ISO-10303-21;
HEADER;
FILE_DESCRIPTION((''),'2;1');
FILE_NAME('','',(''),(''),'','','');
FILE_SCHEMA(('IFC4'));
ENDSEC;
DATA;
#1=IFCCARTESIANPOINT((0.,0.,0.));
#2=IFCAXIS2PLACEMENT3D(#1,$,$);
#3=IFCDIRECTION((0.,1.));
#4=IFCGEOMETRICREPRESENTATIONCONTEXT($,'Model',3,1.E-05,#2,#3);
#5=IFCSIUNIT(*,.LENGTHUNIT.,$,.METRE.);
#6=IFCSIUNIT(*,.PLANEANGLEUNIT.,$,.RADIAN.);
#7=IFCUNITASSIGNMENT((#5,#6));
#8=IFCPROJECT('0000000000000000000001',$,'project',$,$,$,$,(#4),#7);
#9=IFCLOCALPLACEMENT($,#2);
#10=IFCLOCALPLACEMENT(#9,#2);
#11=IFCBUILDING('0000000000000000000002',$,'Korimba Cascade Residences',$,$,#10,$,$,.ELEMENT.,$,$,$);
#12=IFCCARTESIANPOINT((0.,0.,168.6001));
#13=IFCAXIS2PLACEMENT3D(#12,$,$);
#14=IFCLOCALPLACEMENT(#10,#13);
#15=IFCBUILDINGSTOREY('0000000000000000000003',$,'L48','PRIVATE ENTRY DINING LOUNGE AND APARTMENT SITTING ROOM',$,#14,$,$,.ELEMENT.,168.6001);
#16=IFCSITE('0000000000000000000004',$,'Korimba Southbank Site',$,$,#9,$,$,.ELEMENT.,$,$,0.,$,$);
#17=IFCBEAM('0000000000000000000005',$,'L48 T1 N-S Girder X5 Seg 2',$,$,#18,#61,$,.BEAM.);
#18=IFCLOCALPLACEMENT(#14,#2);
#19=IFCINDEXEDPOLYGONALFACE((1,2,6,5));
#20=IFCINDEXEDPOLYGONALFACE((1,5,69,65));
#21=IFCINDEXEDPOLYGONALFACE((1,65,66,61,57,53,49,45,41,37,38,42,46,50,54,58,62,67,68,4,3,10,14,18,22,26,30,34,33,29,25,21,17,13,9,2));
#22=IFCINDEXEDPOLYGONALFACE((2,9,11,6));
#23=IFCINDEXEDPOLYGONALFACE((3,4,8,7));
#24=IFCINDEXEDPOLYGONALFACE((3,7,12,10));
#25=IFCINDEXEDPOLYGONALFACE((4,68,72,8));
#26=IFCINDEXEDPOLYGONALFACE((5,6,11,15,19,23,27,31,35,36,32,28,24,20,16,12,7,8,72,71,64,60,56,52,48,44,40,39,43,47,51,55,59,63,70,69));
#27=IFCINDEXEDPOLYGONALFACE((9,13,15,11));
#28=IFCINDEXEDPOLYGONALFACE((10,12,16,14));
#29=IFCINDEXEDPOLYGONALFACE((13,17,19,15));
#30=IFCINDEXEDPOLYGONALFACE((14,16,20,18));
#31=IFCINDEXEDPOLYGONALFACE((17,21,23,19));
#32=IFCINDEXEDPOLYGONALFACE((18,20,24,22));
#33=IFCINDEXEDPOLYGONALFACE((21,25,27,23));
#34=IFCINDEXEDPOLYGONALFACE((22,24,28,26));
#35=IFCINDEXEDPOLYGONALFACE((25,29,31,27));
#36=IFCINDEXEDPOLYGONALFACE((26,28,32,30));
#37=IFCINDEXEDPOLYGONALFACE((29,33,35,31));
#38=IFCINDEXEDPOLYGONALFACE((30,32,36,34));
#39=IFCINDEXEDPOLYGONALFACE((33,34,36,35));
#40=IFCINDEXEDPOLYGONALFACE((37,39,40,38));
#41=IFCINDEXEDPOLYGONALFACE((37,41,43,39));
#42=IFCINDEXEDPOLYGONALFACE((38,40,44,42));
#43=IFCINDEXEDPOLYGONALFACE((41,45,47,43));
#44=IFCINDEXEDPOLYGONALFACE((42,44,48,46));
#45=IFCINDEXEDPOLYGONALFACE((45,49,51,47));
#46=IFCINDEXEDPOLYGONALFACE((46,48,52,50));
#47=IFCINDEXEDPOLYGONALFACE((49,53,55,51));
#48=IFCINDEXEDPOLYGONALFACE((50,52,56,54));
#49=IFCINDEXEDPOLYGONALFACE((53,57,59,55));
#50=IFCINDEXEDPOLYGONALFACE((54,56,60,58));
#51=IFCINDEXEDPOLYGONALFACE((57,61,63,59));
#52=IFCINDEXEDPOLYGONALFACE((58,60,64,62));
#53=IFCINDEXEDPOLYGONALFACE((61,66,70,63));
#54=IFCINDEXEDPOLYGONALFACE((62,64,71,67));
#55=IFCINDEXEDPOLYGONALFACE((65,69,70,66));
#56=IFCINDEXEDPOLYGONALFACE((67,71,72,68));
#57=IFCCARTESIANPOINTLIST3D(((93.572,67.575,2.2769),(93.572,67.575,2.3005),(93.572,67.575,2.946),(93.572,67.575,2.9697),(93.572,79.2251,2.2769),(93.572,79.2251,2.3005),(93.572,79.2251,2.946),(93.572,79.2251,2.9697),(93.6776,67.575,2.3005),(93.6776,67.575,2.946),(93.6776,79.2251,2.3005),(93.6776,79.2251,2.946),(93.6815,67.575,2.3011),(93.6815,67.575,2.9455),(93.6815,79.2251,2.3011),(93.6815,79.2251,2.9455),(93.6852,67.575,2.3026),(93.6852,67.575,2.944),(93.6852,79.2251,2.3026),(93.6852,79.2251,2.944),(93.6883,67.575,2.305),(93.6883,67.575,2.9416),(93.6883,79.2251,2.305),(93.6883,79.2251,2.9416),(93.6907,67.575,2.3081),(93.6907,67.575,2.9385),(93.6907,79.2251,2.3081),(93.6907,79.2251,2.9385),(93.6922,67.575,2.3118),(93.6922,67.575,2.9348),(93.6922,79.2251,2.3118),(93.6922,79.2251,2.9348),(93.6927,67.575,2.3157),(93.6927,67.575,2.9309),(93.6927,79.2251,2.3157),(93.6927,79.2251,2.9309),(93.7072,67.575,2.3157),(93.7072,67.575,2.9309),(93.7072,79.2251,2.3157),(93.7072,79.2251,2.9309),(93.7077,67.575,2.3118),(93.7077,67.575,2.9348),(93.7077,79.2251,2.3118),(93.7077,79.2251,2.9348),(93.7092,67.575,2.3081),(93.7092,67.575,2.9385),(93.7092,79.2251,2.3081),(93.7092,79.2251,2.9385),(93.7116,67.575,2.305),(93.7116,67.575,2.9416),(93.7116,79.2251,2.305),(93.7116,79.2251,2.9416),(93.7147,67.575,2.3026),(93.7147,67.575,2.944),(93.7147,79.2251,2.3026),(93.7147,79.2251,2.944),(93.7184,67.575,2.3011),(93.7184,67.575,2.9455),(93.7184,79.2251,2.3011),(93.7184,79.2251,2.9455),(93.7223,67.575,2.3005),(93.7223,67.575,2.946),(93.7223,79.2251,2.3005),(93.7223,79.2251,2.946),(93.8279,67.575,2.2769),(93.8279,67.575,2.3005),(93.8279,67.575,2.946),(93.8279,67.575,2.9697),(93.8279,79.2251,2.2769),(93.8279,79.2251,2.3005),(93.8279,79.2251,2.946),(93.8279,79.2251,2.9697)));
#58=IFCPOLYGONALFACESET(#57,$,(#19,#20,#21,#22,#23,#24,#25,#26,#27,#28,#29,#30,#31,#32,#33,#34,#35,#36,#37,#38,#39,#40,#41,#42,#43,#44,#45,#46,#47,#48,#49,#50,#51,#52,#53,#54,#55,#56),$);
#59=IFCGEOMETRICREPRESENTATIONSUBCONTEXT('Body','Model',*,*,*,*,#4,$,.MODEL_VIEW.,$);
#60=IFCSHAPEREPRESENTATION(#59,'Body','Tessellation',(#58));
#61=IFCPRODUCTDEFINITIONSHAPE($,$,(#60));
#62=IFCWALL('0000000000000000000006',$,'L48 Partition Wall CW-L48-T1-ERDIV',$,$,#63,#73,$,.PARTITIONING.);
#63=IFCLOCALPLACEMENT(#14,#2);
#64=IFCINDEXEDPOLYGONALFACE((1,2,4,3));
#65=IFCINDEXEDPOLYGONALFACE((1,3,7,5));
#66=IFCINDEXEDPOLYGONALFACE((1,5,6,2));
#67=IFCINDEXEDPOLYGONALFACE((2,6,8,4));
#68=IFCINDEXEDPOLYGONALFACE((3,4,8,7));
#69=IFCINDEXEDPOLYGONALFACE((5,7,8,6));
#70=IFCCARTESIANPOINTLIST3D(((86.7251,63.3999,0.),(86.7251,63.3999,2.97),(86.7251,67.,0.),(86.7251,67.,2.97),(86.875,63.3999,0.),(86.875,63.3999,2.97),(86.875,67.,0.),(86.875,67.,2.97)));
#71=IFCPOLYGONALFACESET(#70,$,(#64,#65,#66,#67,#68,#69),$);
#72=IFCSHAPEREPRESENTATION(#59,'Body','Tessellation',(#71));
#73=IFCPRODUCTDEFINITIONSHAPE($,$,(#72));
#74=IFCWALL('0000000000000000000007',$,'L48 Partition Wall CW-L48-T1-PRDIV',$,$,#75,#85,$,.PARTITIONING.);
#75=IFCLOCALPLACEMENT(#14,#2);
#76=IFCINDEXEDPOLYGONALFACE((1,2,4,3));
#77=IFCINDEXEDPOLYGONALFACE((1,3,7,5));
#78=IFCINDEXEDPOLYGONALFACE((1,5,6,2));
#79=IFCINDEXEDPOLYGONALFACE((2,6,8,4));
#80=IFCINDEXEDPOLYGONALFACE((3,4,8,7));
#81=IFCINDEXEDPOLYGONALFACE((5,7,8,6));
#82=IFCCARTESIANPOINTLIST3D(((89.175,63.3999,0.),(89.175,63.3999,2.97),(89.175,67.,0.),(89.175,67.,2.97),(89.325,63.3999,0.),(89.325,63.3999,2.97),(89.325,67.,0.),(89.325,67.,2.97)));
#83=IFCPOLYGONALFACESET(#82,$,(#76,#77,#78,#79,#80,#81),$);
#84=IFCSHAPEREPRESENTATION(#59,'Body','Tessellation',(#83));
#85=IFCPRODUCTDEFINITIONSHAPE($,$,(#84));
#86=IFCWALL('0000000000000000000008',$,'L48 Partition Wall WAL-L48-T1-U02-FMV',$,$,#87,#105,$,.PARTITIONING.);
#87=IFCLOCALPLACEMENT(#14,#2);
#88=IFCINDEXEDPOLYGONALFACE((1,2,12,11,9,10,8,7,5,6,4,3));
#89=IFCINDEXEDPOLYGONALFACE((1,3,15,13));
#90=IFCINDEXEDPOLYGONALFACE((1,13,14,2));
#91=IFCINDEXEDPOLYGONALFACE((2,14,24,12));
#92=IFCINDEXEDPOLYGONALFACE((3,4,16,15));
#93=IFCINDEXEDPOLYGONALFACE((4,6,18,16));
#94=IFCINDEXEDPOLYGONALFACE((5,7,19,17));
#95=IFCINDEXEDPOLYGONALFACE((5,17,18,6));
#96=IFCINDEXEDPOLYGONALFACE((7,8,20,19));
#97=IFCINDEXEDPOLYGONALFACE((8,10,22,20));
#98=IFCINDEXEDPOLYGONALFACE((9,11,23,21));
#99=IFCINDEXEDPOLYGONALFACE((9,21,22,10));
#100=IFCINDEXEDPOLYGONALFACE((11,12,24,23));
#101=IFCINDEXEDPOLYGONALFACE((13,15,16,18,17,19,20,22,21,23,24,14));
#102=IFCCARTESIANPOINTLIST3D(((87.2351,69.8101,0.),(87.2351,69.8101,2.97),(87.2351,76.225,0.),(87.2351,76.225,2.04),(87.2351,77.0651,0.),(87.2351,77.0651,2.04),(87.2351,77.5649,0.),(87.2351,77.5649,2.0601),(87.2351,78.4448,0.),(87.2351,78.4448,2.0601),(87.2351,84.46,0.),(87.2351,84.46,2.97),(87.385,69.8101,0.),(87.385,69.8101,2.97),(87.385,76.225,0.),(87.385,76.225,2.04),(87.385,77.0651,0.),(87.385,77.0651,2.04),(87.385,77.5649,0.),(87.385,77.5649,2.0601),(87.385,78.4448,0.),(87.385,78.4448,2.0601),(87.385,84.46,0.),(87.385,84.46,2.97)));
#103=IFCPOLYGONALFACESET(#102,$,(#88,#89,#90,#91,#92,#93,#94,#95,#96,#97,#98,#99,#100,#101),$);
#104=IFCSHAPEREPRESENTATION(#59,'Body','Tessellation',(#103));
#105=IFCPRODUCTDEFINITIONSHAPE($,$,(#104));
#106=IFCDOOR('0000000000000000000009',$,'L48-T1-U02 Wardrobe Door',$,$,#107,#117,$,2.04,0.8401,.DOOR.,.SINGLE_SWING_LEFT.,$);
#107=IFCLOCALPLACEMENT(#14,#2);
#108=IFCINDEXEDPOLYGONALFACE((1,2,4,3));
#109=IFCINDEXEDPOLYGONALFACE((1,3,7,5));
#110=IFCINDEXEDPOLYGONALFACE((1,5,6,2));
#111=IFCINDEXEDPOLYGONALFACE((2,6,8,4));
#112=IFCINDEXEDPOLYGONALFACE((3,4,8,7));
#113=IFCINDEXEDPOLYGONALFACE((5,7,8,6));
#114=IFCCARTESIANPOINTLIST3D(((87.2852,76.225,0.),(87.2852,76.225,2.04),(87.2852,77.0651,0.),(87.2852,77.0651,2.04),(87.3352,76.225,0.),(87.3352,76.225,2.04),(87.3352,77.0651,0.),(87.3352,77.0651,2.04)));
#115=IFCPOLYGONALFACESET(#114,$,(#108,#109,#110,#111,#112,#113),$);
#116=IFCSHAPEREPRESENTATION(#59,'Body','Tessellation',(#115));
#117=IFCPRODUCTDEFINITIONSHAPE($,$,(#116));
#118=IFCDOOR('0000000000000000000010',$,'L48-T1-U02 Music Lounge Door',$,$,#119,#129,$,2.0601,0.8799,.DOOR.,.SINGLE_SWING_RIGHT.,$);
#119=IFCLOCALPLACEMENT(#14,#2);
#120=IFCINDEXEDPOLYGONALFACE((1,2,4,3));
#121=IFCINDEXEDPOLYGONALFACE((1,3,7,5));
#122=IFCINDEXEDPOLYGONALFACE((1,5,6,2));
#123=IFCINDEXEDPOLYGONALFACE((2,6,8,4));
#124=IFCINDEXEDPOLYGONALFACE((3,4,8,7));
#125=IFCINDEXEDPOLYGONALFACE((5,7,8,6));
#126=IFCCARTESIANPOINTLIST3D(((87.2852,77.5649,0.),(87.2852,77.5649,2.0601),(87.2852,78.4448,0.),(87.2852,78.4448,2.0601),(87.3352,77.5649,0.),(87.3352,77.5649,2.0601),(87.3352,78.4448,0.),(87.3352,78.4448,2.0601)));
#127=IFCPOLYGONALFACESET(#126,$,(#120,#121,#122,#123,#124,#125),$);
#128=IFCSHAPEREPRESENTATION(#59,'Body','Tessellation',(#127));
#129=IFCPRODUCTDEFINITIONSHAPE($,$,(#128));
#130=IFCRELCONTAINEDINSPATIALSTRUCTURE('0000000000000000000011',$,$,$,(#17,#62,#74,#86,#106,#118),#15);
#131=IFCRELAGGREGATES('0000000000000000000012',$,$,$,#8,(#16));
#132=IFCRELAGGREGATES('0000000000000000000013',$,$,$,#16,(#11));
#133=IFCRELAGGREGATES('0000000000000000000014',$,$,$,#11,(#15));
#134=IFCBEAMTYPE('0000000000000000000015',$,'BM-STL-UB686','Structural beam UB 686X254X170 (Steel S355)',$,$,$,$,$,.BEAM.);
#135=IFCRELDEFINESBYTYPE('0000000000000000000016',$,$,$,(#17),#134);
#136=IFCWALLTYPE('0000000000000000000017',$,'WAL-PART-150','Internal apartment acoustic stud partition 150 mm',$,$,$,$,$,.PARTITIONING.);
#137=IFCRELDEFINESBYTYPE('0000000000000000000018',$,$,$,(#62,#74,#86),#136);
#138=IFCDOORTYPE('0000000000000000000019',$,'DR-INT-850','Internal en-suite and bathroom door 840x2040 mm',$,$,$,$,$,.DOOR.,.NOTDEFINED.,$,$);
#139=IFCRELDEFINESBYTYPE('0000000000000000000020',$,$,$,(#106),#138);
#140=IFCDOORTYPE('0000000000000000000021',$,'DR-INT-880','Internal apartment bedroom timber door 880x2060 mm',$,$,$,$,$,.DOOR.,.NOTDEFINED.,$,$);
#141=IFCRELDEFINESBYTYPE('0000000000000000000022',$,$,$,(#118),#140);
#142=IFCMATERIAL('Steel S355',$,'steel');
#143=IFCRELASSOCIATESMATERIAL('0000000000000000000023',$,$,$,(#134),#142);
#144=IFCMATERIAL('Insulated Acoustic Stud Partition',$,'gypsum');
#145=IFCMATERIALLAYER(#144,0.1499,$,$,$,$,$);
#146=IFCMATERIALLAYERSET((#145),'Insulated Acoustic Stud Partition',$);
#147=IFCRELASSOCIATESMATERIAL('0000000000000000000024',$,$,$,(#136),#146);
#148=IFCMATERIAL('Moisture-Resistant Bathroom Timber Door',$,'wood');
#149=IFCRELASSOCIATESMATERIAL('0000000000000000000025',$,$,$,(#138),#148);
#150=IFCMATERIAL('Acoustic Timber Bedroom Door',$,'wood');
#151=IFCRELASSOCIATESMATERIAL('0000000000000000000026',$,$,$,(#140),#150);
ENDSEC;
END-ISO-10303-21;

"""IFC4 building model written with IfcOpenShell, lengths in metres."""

from ifc_helpers import new_model, si_unit, direction, frame, frame_2d, origin, origin_2d, place, context, subcontext, project, spatial, rectangle, i_section, extrude, material, layer, layer_set, material_profile, profile_set, type_object, element, fill, save


model = new_model("IFC4")

# Units and contexts
model_context = context("Model", 3, precision=1e-05, world=origin(), true_north=direction((0.0, 1.0)))
body_context = subcontext(model_context, "Body", "Model", "MODEL_VIEW")
ifc_project = project(units=[si_unit("LENGTHUNIT", "METRE"), si_unit("PLANEANGLEUNIT", "RADIAN")], contexts=[model_context])

# Site, building, storey
site_placement = place(None, origin())
site = spatial("IfcSite", under=ifc_project, at=site_placement, Name="Korimba Southbank Site", CompositionType="ELEMENT", RefElevation=0.0)
building_placement = place(site_placement, origin())
building = spatial("IfcBuilding", under=site, at=building_placement, Name="Korimba Cascade Residences", CompositionType="ELEMENT")
storey_placement = place(building_placement, frame((0.0, 0.0, 168.6001)))
storey = spatial("IfcBuildingStorey", under=building, at=storey_placement, Name="L48", Description="PRIVATE ENTRY DINING LOUNGE AND APARTMENT SITTING ROOM", CompositionType="ELEMENT", Elevation=168.6001)

# Beam
ifc_material_1 = material(Name="Steel S355", Category="steel")
ifc_material_profile_1 = material_profile(ifc_material_1, i_section(OverallWidth=0.2559, OverallDepth=0.6929, WebThickness=0.0144, FlangeThickness=0.0237, FilletRadius=0.0151, at=origin_2d()), Name="Steel S355")
ifc_profile_set_1 = profile_set([ifc_material_profile_1], Name="Steel S355")
beam_type = type_object("IfcBeamType", Name="BM-STL-UB686", Description="Structural beam UB 686X254X170 (Steel S355)", PredefinedType="BEAM", material=ifc_profile_set_1)
beam_1_placement = place(storey_placement, frame((93.7, 67.575, 2.6233), z_axis=(0.0, 1.0, 0.0), x_axis=(-1.0, 0.0, 0.0)))
element("IfcBeam", 1, at=beam_1_placement, inside=storey, type_object=beam_type, Name="L48 T1 N-S Girder X5 Seg 2", PredefinedType="BEAM", context=body_context, shape_type="SweptSolid", body=[
    extrude(i_section(OverallWidth=0.2559, OverallDepth=0.6929, WebThickness=0.0144, FlangeThickness=0.0237, FilletRadius=0.0151, at=origin_2d()), origin(), (0.0, 0.0, 1.0), 11.6501),
])

# Walls
ifc_material_2 = material(Name="Insulated Acoustic Stud Partition", Category="gypsum")
ifc_layer_1 = layer(ifc_material_2, 0.1499)
ifc_layer_set_1 = layer_set([ifc_layer_1], Name="Insulated Acoustic Stud Partition")
wall_type_1 = type_object("IfcWallType", Name="WAL-PART-150", Description="Internal apartment acoustic stud partition 150 mm", PredefinedType="PARTITIONING", material=ifc_layer_set_1)
for number, where, z_axis, x_axis, name in (
    (2, (86.8, 63.3999, 0.0), (0.0, 0.0, 1.0), (0.0, 1.0, 0.0), "L48 Partition Wall CW-L48-T1-ERDIV"),
    (3, (89.25, 63.3999, 0.0), (0.0, 0.0, 1.0), (0.0, 1.0, 0.0), "L48 Partition Wall CW-L48-T1-PRDIV"),
):
    element("IfcWall", number, at=place(storey_placement, frame(where, z_axis=z_axis, x_axis=x_axis)), inside=storey, type_object=wall_type_1, Name=name, PredefinedType="PARTITIONING", context=body_context, shape_type="SweptSolid", body=[
        extrude(rectangle(XDim=3.6001, YDim=0.1499, at=frame_2d((1.8, 0.0))), origin(), (0.0, 0.0, 1.0), 2.97),
    ])

# Wall, openings, doors
wall_1_placement = place(storey_placement, frame((87.3101, 69.8101, 0.0), z_axis=(0.0, 0.0, 1.0), x_axis=(0.0, 1.0, 0.0)))
wall_1 = element("IfcWall", 4, at=wall_1_placement, inside=storey, type_object=wall_type_1, Name="L48 Partition Wall WAL-L48-T1-U02-FMV", PredefinedType="PARTITIONING", context=body_context, shape_type="SweptSolid", body=[
    extrude(rectangle(XDim=14.6499, YDim=0.1499, at=frame_2d((7.325, 0.0))), origin(), (0.0, 0.0, 1.0), 2.97),
])
opening_1_placement = place(wall_1_placement, frame((6.415, 0.0, 0.0)))
opening_1 = element("IfcOpeningElement", 5, at=opening_1_placement, cuts=wall_1, PredefinedType="OPENING", context=body_context, shape_type="SweptSolid", body=[
    extrude(rectangle(XDim=0.8401, YDim=2.04, at=frame_2d((0.4199, 1.02))), frame((0.0, 0.085, 0.0), z_axis=(0.0, -1.0, 0.0), x_axis=(1.0, 0.0, 0.0)), (0.0, 0.0, 1.0), 0.1699),
])
opening_2_placement = place(wall_1_placement, frame((7.7549, 0.0, 0.0)))
opening_2 = element("IfcOpeningElement", 6, at=opening_2_placement, cuts=wall_1, PredefinedType="OPENING", context=body_context, shape_type="SweptSolid", body=[
    extrude(rectangle(XDim=0.8799, YDim=2.0601, at=frame_2d((0.4399, 1.03))), frame((0.0, 0.085, 0.0), z_axis=(0.0, -1.0, 0.0), x_axis=(1.0, 0.0, 0.0)), (0.0, 0.0, 1.0), 0.1699),
])
ifc_material_3 = material(Name="Moisture-Resistant Bathroom Timber Door", Category="wood")
door_type_1 = type_object("IfcDoorType", Name="DR-INT-850", Description="Internal en-suite and bathroom door 840x2040 mm", OperationType="NOTDEFINED", PredefinedType="DOOR", material=ifc_material_3)
door_1_placement = place(opening_1_placement, origin())
door_1 = element("IfcDoor", 7, at=door_1_placement, inside=storey, type_object=door_type_1, Name="L48-T1-U02 Wardrobe Door", OperationType="SINGLE_SWING_LEFT", OverallHeight=2.04, OverallWidth=0.8401, PredefinedType="DOOR", context=body_context, shape_type="SweptSolid", body=[
    extrude(rectangle(XDim=0.8401, YDim=2.04, at=frame_2d((0.4199, 1.02))), frame((0.0, 0.0249, 0.0), z_axis=(0.0, -1.0, 0.0), x_axis=(1.0, 0.0, 0.0)), (0.0, 0.0, 1.0), 0.05),
])
fill(opening_1, door_1)
ifc_material_4 = material(Name="Acoustic Timber Bedroom Door", Category="wood")
door_type_2 = type_object("IfcDoorType", Name="DR-INT-880", Description="Internal apartment bedroom timber door 880x2060 mm", OperationType="NOTDEFINED", PredefinedType="DOOR", material=ifc_material_4)
door_2_placement = place(opening_2_placement, origin())
door_2 = element("IfcDoor", 8, at=door_2_placement, inside=storey, type_object=door_type_2, Name="L48-T1-U02 Music Lounge Door", OperationType="SINGLE_SWING_RIGHT", OverallHeight=2.0601, OverallWidth=0.8799, PredefinedType="DOOR", context=body_context, shape_type="SweptSolid", body=[
    extrude(rectangle(XDim=0.8799, YDim=2.0601, at=frame_2d((0.4399, 1.03))), frame((0.0, 0.0249, 0.0), z_axis=(0.0, -1.0, 0.0), x_axis=(1.0, 0.0, 0.0)), (0.0, 0.0, 1.0), 0.05),
])
fill(opening_2, door_2)

save(model, "model.ifc")
